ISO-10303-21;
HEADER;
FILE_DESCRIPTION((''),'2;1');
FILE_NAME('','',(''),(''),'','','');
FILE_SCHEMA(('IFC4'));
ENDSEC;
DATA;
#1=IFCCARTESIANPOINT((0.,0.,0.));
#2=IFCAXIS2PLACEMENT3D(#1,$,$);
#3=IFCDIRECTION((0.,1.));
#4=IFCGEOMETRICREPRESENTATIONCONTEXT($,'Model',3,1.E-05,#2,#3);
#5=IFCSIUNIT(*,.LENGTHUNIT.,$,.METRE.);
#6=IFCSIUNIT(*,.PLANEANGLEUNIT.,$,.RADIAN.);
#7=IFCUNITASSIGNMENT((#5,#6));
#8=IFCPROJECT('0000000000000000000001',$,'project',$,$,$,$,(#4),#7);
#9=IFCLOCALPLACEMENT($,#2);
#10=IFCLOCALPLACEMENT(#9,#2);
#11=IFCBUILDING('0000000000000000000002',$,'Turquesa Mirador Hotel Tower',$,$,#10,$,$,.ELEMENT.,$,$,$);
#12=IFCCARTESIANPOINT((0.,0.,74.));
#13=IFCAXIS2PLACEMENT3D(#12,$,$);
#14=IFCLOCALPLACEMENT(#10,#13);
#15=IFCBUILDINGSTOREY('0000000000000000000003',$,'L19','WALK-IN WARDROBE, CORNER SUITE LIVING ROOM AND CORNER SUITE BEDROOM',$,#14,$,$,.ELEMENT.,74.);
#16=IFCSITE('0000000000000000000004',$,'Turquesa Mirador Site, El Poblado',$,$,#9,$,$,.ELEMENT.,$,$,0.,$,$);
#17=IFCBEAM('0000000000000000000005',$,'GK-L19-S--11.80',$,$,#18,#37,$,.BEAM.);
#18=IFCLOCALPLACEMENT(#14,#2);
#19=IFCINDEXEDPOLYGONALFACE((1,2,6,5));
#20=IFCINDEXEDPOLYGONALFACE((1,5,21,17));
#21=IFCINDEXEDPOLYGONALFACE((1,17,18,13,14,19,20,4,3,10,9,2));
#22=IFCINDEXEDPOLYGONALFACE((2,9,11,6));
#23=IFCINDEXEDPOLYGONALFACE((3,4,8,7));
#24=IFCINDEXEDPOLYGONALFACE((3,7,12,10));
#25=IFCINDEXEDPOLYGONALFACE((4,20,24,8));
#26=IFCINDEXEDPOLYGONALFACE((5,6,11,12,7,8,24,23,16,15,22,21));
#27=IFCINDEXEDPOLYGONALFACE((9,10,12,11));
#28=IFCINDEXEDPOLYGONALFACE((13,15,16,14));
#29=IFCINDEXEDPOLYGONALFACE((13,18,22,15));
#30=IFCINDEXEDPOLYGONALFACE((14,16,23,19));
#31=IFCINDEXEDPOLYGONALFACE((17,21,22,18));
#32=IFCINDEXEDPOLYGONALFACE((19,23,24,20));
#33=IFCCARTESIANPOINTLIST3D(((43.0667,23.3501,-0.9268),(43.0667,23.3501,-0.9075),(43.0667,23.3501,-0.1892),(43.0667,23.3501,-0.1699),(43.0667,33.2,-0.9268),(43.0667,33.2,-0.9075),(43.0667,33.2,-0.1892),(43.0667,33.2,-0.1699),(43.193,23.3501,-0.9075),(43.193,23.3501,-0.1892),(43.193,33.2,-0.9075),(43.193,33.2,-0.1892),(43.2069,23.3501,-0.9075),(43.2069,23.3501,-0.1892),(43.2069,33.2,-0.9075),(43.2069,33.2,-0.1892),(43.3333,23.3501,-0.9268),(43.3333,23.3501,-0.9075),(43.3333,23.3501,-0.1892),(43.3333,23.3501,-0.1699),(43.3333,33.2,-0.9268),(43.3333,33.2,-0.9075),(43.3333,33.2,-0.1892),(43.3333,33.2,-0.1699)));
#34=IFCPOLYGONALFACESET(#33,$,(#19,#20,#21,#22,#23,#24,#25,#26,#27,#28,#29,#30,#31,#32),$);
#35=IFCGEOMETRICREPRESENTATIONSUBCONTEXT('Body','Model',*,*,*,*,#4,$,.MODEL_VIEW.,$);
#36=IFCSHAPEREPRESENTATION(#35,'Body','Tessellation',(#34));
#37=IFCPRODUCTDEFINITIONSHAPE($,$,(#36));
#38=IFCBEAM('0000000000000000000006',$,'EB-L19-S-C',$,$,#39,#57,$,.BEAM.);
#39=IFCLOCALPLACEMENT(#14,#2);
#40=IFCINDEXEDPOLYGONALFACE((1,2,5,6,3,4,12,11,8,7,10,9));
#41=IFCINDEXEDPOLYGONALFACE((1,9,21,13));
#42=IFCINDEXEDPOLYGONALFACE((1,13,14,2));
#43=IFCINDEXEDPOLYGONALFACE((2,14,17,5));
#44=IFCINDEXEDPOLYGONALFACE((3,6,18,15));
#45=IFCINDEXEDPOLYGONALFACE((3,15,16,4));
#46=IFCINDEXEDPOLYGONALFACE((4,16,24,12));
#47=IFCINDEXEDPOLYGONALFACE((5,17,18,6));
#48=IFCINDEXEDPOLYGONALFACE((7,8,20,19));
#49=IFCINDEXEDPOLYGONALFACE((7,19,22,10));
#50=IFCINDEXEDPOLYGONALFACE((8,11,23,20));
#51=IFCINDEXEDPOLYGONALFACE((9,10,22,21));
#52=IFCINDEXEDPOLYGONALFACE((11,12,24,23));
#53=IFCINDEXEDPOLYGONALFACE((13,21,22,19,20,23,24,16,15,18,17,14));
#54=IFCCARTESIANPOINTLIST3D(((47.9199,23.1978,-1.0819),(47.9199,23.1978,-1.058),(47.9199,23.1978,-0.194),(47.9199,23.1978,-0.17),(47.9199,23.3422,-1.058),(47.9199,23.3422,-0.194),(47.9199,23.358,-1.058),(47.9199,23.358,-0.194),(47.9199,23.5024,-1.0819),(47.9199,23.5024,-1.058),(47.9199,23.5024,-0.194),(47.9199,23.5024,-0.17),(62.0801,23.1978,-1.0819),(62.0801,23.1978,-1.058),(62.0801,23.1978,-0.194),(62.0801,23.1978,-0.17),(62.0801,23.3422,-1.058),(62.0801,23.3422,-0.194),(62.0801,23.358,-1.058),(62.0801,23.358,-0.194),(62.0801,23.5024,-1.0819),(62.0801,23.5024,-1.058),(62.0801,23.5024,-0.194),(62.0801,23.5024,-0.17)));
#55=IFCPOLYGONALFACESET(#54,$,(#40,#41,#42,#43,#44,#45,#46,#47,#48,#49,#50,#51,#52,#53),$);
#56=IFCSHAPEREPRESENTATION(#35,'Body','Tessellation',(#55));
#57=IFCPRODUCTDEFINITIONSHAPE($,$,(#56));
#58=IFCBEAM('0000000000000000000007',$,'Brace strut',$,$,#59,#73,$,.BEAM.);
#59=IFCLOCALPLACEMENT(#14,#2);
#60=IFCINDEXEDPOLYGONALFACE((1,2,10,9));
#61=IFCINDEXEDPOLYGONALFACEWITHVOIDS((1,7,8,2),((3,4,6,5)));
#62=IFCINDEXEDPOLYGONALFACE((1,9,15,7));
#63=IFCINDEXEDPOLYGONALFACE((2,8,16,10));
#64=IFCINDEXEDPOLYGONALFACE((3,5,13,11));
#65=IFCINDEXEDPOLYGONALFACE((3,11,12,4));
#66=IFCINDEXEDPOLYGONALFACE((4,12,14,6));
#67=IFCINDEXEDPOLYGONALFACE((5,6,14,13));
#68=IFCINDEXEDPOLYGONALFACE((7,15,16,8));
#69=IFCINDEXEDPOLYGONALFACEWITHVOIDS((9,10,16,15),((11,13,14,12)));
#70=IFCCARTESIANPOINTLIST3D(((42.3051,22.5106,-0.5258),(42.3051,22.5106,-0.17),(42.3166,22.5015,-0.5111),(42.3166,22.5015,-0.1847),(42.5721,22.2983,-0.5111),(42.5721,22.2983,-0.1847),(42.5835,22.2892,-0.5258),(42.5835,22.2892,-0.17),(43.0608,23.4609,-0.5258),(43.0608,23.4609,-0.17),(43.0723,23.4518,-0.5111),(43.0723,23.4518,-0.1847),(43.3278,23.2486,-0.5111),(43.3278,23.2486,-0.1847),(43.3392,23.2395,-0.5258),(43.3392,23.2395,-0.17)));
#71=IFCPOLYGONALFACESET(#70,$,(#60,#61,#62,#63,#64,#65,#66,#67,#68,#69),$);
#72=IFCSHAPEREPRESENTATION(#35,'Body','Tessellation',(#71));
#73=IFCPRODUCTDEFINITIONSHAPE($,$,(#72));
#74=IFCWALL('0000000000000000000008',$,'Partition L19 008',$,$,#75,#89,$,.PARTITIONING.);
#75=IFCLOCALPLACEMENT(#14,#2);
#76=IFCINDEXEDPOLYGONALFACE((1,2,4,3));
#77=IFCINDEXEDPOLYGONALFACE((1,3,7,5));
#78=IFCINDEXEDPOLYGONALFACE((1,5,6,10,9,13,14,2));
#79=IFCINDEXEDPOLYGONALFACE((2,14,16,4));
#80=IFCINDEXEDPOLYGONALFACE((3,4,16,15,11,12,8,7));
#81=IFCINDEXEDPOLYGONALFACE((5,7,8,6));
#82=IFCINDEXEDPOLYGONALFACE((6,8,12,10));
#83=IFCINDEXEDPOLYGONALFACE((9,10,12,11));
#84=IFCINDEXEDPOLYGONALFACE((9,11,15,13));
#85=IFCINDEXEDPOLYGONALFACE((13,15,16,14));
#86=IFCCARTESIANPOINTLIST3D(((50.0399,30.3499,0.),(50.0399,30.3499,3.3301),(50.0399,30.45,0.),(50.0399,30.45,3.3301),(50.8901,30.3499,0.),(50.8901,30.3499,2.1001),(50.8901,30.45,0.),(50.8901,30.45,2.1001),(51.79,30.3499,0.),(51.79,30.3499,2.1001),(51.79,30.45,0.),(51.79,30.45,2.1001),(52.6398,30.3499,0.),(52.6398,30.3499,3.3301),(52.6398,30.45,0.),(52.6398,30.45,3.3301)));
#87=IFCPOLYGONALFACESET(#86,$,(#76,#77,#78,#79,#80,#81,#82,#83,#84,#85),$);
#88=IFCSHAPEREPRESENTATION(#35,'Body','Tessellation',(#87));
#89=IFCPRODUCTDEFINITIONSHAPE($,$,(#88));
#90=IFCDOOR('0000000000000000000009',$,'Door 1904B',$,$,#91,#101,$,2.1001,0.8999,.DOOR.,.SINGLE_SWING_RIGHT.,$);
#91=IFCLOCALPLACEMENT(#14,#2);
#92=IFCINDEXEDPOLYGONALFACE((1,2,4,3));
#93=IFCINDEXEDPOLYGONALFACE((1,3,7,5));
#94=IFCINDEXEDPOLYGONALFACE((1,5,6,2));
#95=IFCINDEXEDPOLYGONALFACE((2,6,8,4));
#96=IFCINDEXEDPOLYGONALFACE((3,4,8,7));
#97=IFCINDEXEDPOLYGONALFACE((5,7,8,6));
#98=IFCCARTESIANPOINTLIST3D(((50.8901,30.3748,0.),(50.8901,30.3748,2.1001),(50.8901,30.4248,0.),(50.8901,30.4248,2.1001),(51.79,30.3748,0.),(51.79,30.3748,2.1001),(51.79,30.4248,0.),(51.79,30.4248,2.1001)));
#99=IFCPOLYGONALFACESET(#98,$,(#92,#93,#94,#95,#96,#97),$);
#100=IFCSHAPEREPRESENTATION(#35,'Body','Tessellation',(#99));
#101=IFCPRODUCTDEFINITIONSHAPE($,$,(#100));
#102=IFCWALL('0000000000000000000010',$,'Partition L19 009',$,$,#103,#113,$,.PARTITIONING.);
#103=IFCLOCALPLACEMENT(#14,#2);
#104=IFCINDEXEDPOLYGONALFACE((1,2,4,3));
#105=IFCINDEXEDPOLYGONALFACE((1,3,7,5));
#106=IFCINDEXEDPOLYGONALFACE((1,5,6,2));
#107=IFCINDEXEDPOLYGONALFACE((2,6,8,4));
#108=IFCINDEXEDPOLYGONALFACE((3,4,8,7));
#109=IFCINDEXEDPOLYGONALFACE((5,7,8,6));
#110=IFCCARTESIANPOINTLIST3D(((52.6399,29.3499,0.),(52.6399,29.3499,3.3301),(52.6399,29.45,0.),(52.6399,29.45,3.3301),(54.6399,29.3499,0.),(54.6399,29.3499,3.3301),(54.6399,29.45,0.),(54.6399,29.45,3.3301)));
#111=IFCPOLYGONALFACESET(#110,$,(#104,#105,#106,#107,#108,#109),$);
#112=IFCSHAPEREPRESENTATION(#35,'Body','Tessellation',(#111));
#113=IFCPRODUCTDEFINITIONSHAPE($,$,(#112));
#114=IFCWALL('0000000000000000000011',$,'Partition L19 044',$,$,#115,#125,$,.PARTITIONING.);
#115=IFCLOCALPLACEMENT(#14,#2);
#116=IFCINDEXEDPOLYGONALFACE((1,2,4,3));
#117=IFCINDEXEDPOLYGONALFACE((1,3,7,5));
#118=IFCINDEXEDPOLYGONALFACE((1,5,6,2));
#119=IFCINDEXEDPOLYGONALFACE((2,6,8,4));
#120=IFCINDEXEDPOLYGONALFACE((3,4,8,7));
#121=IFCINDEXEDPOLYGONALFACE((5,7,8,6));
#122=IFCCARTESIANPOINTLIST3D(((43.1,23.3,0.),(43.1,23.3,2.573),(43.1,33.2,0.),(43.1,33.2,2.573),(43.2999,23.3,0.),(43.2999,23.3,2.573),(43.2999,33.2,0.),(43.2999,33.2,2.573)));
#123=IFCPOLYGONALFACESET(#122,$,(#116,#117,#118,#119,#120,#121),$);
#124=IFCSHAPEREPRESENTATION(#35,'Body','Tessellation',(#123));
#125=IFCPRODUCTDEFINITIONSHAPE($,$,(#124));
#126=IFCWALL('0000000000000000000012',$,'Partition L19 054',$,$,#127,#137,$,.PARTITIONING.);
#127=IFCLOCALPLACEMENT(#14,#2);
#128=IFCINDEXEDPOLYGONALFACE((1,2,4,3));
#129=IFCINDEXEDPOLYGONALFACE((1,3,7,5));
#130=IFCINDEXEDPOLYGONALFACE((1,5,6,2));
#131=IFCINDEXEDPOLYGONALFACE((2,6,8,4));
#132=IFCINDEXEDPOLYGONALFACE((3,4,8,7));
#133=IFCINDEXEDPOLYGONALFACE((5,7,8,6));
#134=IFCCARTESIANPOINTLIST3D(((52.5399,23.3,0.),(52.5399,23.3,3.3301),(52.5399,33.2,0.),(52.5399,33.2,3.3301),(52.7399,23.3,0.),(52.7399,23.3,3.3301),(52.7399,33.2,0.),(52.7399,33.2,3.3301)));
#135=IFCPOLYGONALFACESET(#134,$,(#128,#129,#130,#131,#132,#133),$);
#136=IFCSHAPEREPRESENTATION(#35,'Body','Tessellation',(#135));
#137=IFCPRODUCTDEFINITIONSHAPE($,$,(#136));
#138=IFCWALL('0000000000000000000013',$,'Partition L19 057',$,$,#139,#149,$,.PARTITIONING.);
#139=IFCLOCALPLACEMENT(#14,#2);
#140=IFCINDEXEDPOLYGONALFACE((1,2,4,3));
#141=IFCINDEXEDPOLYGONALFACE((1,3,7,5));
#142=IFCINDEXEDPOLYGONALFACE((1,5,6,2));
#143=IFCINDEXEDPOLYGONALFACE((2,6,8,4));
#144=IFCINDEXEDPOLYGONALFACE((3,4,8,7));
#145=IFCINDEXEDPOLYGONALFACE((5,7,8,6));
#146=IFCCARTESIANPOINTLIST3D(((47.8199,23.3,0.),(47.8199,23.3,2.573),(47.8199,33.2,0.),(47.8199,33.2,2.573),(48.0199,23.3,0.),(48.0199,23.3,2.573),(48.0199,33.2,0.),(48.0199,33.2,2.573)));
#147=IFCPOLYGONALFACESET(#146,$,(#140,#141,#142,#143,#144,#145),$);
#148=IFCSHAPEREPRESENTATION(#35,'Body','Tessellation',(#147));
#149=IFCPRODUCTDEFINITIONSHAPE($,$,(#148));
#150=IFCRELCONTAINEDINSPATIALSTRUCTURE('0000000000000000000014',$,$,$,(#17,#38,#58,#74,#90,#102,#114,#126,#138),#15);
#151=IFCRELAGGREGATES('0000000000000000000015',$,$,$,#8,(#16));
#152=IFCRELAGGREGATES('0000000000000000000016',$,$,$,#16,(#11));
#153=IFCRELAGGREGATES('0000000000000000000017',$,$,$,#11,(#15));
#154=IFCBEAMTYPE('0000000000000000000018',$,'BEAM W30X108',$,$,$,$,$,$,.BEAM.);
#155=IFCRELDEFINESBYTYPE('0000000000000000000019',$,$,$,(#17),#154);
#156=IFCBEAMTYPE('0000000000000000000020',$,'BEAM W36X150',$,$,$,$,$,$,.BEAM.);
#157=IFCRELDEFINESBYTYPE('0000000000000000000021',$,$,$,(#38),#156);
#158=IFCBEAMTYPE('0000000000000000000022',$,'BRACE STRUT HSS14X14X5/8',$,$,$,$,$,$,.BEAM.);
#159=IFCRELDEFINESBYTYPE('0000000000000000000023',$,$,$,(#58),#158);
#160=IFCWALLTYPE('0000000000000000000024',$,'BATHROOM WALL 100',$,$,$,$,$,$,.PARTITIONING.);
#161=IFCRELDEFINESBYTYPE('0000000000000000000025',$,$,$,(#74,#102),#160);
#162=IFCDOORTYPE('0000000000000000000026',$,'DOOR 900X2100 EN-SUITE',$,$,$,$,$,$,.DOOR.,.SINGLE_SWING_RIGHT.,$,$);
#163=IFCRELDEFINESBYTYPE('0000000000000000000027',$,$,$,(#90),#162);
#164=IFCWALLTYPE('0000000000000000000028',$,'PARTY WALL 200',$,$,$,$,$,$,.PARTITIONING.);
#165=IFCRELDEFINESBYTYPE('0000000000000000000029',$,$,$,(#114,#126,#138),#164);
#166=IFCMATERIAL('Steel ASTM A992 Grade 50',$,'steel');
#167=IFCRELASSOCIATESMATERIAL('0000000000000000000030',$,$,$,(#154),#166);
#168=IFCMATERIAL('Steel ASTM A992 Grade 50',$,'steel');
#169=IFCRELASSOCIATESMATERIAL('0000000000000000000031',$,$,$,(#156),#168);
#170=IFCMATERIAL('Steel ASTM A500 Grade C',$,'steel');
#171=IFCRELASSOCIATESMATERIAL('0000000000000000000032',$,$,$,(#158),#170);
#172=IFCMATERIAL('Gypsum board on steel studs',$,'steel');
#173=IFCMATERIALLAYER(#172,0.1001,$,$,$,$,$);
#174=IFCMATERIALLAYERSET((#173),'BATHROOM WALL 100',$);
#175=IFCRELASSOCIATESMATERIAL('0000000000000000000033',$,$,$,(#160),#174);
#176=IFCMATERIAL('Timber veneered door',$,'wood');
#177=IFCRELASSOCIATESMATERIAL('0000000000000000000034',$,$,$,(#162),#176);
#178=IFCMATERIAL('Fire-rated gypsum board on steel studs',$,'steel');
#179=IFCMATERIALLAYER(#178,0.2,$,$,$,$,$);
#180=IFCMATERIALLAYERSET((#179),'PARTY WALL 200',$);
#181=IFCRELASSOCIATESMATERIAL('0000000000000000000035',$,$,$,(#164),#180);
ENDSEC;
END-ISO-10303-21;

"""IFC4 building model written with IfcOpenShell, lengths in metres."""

from ifc_helpers import new_model, si_unit, direction, frame, frame_2d, origin, origin_2d, place, context, subcontext, project, spatial, rectangle, hollow_rectangle, i_section, extrude, material, layer, layer_set, material_profile, profile_set, type_object, element, fill, save


model = new_model("IFC4")

# Units and contexts
model_context = context("Model", 3, precision=1e-05, world=origin(), true_north=direction((0.0, 1.0)))
body_context = subcontext(model_context, "Body", "Model", "MODEL_VIEW")
ifc_project = project(units=[si_unit("LENGTHUNIT", "METRE"), si_unit("PLANEANGLEUNIT", "RADIAN")], contexts=[model_context])

# Site, building, storey
site_placement = place(None, origin())
site = spatial("IfcSite", under=ifc_project, at=site_placement, Name="Turquesa Mirador Site, El Poblado", CompositionType="ELEMENT", RefElevation=0.0)
building_placement = place(site_placement, origin())
building = spatial("IfcBuilding", under=site, at=building_placement, Name="Turquesa Mirador Hotel Tower", CompositionType="ELEMENT")
storey_placement = place(building_placement, frame((0.0, 0.0, 74.0)))
storey = spatial("IfcBuildingStorey", under=building, at=storey_placement, Name="L19", Description="WALK-IN WARDROBE, CORNER SUITE LIVING ROOM AND CORNER SUITE BEDROOM", CompositionType="ELEMENT", Elevation=74.0)

# Beams
ifc_material_1 = material(Name="Steel ASTM A992 Grade 50", Category="steel")
ifc_material_profile_1 = material_profile(ifc_material_1, i_section(OverallWidth=0.2666, OverallDepth=0.7568, WebThickness=0.0139, FlangeThickness=0.0193, at=origin_2d()), Name="W30X108")
ifc_profile_set_1 = profile_set([ifc_material_profile_1], Name="Steel ASTM A992 Grade 50")
beam_type_1 = type_object("IfcBeamType", Name="BEAM W30X108", PredefinedType="BEAM", material=ifc_profile_set_1)
beam_1_placement = place(storey_placement, frame((43.2, 23.3501, -0.5483), z_axis=(0.0, 1.0, 0.0), x_axis=(-1.0, 0.0, 0.0)))
element("IfcBeam", 1, at=beam_1_placement, inside=storey, type_object=beam_type_1, Name="GK-L19-S--11.80", PredefinedType="BEAM", context=body_context, shape_type="SweptSolid", body=[
    extrude(i_section(OverallWidth=0.2666, OverallDepth=0.7568, WebThickness=0.0139, FlangeThickness=0.0193, at=origin_2d()), origin(), (0.0, 0.0, 1.0), 9.8499),
])
ifc_material_2 = material(Name="Steel ASTM A992 Grade 50", Category="steel")
ifc_material_profile_2 = material_profile(ifc_material_2, i_section(OverallWidth=0.3047, OverallDepth=0.9119, WebThickness=0.0159, FlangeThickness=0.0239, at=origin_2d()), Name="W36X150")
ifc_profile_set_2 = profile_set([ifc_material_profile_2], Name="Steel ASTM A992 Grade 50")
beam_type_2 = type_object("IfcBeamType", Name="BEAM W36X150", PredefinedType="BEAM", material=ifc_profile_set_2)
beam_2_placement = place(storey_placement, frame((47.9199, 23.3501, -0.626), z_axis=(1.0, 0.0, 0.0), x_axis=(0.0, 1.0, 0.0)))
element("IfcBeam", 2, at=beam_2_placement, inside=storey, type_object=beam_type_2, Name="EB-L19-S-C", PredefinedType="BEAM", context=body_context, shape_type="SweptSolid", body=[
    extrude(i_section(OverallWidth=0.3047, OverallDepth=0.9119, WebThickness=0.0159, FlangeThickness=0.0239, at=origin_2d()), origin(), (0.0, 0.0, 1.0), 14.1602),
])
ifc_material_3 = material(Name="Steel ASTM A500 Grade C", Category="steel")
ifc_material_profile_3 = material_profile(ifc_material_3, hollow_rectangle(XDim=0.3557, YDim=0.3557, WallThickness=0.0146, at=origin_2d()), Name="HSS14X14X5/8")
ifc_profile_set_3 = profile_set([ifc_material_profile_3], Name="Steel ASTM A500 Grade C")
beam_type_3 = type_object("IfcBeamType", Name="BRACE STRUT HSS14X14X5/8", PredefinedType="BEAM", material=ifc_profile_set_3)
beam_3_placement = place(storey_placement, frame((42.4443, 22.3999, -0.3479), z_axis=(0.622412, 0.78269, 0.0), x_axis=(-0.78269, 0.622412, 0.0)))
element("IfcBeam", 3, at=beam_3_placement, inside=storey, type_object=beam_type_3, Name="Brace strut", PredefinedType="BEAM", context=body_context, shape_type="SweptSolid", body=[
    extrude(hollow_rectangle(XDim=0.3557, YDim=0.3557, WallThickness=0.0146, at=origin_2d()), origin(), (0.0, 0.0, 1.0), 1.2141),
])

# Wall, opening, door
ifc_material_4 = material(Name="Gypsum board on steel studs", Category="steel")
ifc_layer_1 = layer(ifc_material_4, 0.1001)
ifc_layer_set_1 = layer_set([ifc_layer_1], Name="BATHROOM WALL 100")
wall_type_1 = type_object("IfcWallType", Name="BATHROOM WALL 100", PredefinedType="PARTITIONING", material=ifc_layer_set_1)
wall_1_placement = place(storey_placement, frame((50.04, 30.3999, 0.0), z_axis=(0.0, 0.0, 1.0), x_axis=(1.0, 0.0, 0.0)))
wall_1 = element("IfcWall", 4, at=wall_1_placement, inside=storey, type_object=wall_type_1, Name="Partition L19 008", PredefinedType="PARTITIONING", context=body_context, shape_type="SweptSolid", body=[
    extrude(rectangle(XDim=2.5999, YDim=0.1001, at=frame_2d((1.2998, 0.0))), origin(), (0.0, 0.0, 1.0), 3.3301),
])
opening_placement = place(wall_1_placement, frame((0.8501, 0.0, 0.0)))
opening = element("IfcOpeningElement", 5, at=opening_placement, cuts=wall_1, PredefinedType="OPENING", context=body_context, shape_type="SweptSolid", body=[
    extrude(rectangle(XDim=0.8999, YDim=2.1001, at=frame_2d((0.45, 1.05))), frame((0.0, 0.0601, 0.0), z_axis=(0.0, -1.0, 0.0), x_axis=(1.0, 0.0, 0.0)), (0.0, 0.0, 1.0), 0.1201),
])
ifc_material_5 = material(Name="Timber veneered door", Category="wood")
door_type = type_object("IfcDoorType", Name="DOOR 900X2100 EN-SUITE", OperationType="SINGLE_SWING_RIGHT", PredefinedType="DOOR", material=ifc_material_5)
door_placement = place(opening_placement, origin())
door = element("IfcDoor", 6, at=door_placement, inside=storey, type_object=door_type, Name="Door 1904B", OperationType="SINGLE_SWING_RIGHT", OverallHeight=2.1001, OverallWidth=0.8999, PredefinedType="DOOR", context=body_context, shape_type="SweptSolid", body=[
    extrude(rectangle(XDim=0.8999, YDim=2.1001, at=frame_2d((0.45, 1.05))), frame((0.0, 0.0249, 0.0), z_axis=(0.0, -1.0, 0.0), x_axis=(1.0, 0.0, 0.0)), (0.0, 0.0, 1.0), 0.05),
])
fill(opening, door)

# Walls
wall_2_placement = place(storey_placement, frame((52.6399, 29.3999, 0.0), z_axis=(0.0, 0.0, 1.0), x_axis=(1.0, 0.0, 0.0)))
element("IfcWall", 7, at=wall_2_placement, inside=storey, type_object=wall_type_1, Name="Partition L19 009", PredefinedType="PARTITIONING", context=body_context, shape_type="SweptSolid", body=[
    extrude(rectangle(XDim=2.0, YDim=0.1001, at=frame_2d((1.0, 0.0))), origin(), (0.0, 0.0, 1.0), 3.3301),
])
ifc_material_6 = material(Name="Fire-rated gypsum board on steel studs", Category="steel")
ifc_layer_2 = layer(ifc_material_6, 0.2)
ifc_layer_set_2 = layer_set([ifc_layer_2], Name="PARTY WALL 200")
wall_type_2 = type_object("IfcWallType", Name="PARTY WALL 200", PredefinedType="PARTITIONING", material=ifc_layer_set_2)
wall_3_placement = place(storey_placement, frame((43.2, 23.3, 0.0), z_axis=(0.0, 0.0, 1.0), x_axis=(0.0, 1.0, 0.0)))
element("IfcWall", 8, at=wall_3_placement, inside=storey, type_object=wall_type_2, Name="Partition L19 044", PredefinedType="PARTITIONING", context=body_context, shape_type="SweptSolid", body=[
    extrude(rectangle(XDim=9.8999, YDim=0.2, at=frame_2d((4.95, 0.0))), origin(), (0.0, 0.0, 1.0), 2.573),
])
wall_4_placement = place(storey_placement, frame((52.6399, 23.3, 0.0), z_axis=(0.0, 0.0, 1.0), x_axis=(0.0, 1.0, 0.0)))
element("IfcWall", 9, at=wall_4_placement, inside=storey, type_object=wall_type_2, Name="Partition L19 054", PredefinedType="PARTITIONING", context=body_context, shape_type="SweptSolid", body=[
    extrude(rectangle(XDim=9.8999, YDim=0.2, at=frame_2d((4.95, 0.0))), origin(), (0.0, 0.0, 1.0), 3.3301),
])
wall_5_placement = place(storey_placement, frame((47.9199, 23.3, 0.0), z_axis=(0.0, 0.0, 1.0), x_axis=(0.0, 1.0, 0.0)))
element("IfcWall", 10, at=wall_5_placement, inside=storey, type_object=wall_type_2, Name="Partition L19 057", PredefinedType="PARTITIONING", context=body_context, shape_type="SweptSolid", body=[
    extrude(rectangle(XDim=9.8999, YDim=0.2, at=frame_2d((4.95, 0.0))), origin(), (0.0, 0.0, 1.0), 2.573),
])

save(model, "model.ifc")
